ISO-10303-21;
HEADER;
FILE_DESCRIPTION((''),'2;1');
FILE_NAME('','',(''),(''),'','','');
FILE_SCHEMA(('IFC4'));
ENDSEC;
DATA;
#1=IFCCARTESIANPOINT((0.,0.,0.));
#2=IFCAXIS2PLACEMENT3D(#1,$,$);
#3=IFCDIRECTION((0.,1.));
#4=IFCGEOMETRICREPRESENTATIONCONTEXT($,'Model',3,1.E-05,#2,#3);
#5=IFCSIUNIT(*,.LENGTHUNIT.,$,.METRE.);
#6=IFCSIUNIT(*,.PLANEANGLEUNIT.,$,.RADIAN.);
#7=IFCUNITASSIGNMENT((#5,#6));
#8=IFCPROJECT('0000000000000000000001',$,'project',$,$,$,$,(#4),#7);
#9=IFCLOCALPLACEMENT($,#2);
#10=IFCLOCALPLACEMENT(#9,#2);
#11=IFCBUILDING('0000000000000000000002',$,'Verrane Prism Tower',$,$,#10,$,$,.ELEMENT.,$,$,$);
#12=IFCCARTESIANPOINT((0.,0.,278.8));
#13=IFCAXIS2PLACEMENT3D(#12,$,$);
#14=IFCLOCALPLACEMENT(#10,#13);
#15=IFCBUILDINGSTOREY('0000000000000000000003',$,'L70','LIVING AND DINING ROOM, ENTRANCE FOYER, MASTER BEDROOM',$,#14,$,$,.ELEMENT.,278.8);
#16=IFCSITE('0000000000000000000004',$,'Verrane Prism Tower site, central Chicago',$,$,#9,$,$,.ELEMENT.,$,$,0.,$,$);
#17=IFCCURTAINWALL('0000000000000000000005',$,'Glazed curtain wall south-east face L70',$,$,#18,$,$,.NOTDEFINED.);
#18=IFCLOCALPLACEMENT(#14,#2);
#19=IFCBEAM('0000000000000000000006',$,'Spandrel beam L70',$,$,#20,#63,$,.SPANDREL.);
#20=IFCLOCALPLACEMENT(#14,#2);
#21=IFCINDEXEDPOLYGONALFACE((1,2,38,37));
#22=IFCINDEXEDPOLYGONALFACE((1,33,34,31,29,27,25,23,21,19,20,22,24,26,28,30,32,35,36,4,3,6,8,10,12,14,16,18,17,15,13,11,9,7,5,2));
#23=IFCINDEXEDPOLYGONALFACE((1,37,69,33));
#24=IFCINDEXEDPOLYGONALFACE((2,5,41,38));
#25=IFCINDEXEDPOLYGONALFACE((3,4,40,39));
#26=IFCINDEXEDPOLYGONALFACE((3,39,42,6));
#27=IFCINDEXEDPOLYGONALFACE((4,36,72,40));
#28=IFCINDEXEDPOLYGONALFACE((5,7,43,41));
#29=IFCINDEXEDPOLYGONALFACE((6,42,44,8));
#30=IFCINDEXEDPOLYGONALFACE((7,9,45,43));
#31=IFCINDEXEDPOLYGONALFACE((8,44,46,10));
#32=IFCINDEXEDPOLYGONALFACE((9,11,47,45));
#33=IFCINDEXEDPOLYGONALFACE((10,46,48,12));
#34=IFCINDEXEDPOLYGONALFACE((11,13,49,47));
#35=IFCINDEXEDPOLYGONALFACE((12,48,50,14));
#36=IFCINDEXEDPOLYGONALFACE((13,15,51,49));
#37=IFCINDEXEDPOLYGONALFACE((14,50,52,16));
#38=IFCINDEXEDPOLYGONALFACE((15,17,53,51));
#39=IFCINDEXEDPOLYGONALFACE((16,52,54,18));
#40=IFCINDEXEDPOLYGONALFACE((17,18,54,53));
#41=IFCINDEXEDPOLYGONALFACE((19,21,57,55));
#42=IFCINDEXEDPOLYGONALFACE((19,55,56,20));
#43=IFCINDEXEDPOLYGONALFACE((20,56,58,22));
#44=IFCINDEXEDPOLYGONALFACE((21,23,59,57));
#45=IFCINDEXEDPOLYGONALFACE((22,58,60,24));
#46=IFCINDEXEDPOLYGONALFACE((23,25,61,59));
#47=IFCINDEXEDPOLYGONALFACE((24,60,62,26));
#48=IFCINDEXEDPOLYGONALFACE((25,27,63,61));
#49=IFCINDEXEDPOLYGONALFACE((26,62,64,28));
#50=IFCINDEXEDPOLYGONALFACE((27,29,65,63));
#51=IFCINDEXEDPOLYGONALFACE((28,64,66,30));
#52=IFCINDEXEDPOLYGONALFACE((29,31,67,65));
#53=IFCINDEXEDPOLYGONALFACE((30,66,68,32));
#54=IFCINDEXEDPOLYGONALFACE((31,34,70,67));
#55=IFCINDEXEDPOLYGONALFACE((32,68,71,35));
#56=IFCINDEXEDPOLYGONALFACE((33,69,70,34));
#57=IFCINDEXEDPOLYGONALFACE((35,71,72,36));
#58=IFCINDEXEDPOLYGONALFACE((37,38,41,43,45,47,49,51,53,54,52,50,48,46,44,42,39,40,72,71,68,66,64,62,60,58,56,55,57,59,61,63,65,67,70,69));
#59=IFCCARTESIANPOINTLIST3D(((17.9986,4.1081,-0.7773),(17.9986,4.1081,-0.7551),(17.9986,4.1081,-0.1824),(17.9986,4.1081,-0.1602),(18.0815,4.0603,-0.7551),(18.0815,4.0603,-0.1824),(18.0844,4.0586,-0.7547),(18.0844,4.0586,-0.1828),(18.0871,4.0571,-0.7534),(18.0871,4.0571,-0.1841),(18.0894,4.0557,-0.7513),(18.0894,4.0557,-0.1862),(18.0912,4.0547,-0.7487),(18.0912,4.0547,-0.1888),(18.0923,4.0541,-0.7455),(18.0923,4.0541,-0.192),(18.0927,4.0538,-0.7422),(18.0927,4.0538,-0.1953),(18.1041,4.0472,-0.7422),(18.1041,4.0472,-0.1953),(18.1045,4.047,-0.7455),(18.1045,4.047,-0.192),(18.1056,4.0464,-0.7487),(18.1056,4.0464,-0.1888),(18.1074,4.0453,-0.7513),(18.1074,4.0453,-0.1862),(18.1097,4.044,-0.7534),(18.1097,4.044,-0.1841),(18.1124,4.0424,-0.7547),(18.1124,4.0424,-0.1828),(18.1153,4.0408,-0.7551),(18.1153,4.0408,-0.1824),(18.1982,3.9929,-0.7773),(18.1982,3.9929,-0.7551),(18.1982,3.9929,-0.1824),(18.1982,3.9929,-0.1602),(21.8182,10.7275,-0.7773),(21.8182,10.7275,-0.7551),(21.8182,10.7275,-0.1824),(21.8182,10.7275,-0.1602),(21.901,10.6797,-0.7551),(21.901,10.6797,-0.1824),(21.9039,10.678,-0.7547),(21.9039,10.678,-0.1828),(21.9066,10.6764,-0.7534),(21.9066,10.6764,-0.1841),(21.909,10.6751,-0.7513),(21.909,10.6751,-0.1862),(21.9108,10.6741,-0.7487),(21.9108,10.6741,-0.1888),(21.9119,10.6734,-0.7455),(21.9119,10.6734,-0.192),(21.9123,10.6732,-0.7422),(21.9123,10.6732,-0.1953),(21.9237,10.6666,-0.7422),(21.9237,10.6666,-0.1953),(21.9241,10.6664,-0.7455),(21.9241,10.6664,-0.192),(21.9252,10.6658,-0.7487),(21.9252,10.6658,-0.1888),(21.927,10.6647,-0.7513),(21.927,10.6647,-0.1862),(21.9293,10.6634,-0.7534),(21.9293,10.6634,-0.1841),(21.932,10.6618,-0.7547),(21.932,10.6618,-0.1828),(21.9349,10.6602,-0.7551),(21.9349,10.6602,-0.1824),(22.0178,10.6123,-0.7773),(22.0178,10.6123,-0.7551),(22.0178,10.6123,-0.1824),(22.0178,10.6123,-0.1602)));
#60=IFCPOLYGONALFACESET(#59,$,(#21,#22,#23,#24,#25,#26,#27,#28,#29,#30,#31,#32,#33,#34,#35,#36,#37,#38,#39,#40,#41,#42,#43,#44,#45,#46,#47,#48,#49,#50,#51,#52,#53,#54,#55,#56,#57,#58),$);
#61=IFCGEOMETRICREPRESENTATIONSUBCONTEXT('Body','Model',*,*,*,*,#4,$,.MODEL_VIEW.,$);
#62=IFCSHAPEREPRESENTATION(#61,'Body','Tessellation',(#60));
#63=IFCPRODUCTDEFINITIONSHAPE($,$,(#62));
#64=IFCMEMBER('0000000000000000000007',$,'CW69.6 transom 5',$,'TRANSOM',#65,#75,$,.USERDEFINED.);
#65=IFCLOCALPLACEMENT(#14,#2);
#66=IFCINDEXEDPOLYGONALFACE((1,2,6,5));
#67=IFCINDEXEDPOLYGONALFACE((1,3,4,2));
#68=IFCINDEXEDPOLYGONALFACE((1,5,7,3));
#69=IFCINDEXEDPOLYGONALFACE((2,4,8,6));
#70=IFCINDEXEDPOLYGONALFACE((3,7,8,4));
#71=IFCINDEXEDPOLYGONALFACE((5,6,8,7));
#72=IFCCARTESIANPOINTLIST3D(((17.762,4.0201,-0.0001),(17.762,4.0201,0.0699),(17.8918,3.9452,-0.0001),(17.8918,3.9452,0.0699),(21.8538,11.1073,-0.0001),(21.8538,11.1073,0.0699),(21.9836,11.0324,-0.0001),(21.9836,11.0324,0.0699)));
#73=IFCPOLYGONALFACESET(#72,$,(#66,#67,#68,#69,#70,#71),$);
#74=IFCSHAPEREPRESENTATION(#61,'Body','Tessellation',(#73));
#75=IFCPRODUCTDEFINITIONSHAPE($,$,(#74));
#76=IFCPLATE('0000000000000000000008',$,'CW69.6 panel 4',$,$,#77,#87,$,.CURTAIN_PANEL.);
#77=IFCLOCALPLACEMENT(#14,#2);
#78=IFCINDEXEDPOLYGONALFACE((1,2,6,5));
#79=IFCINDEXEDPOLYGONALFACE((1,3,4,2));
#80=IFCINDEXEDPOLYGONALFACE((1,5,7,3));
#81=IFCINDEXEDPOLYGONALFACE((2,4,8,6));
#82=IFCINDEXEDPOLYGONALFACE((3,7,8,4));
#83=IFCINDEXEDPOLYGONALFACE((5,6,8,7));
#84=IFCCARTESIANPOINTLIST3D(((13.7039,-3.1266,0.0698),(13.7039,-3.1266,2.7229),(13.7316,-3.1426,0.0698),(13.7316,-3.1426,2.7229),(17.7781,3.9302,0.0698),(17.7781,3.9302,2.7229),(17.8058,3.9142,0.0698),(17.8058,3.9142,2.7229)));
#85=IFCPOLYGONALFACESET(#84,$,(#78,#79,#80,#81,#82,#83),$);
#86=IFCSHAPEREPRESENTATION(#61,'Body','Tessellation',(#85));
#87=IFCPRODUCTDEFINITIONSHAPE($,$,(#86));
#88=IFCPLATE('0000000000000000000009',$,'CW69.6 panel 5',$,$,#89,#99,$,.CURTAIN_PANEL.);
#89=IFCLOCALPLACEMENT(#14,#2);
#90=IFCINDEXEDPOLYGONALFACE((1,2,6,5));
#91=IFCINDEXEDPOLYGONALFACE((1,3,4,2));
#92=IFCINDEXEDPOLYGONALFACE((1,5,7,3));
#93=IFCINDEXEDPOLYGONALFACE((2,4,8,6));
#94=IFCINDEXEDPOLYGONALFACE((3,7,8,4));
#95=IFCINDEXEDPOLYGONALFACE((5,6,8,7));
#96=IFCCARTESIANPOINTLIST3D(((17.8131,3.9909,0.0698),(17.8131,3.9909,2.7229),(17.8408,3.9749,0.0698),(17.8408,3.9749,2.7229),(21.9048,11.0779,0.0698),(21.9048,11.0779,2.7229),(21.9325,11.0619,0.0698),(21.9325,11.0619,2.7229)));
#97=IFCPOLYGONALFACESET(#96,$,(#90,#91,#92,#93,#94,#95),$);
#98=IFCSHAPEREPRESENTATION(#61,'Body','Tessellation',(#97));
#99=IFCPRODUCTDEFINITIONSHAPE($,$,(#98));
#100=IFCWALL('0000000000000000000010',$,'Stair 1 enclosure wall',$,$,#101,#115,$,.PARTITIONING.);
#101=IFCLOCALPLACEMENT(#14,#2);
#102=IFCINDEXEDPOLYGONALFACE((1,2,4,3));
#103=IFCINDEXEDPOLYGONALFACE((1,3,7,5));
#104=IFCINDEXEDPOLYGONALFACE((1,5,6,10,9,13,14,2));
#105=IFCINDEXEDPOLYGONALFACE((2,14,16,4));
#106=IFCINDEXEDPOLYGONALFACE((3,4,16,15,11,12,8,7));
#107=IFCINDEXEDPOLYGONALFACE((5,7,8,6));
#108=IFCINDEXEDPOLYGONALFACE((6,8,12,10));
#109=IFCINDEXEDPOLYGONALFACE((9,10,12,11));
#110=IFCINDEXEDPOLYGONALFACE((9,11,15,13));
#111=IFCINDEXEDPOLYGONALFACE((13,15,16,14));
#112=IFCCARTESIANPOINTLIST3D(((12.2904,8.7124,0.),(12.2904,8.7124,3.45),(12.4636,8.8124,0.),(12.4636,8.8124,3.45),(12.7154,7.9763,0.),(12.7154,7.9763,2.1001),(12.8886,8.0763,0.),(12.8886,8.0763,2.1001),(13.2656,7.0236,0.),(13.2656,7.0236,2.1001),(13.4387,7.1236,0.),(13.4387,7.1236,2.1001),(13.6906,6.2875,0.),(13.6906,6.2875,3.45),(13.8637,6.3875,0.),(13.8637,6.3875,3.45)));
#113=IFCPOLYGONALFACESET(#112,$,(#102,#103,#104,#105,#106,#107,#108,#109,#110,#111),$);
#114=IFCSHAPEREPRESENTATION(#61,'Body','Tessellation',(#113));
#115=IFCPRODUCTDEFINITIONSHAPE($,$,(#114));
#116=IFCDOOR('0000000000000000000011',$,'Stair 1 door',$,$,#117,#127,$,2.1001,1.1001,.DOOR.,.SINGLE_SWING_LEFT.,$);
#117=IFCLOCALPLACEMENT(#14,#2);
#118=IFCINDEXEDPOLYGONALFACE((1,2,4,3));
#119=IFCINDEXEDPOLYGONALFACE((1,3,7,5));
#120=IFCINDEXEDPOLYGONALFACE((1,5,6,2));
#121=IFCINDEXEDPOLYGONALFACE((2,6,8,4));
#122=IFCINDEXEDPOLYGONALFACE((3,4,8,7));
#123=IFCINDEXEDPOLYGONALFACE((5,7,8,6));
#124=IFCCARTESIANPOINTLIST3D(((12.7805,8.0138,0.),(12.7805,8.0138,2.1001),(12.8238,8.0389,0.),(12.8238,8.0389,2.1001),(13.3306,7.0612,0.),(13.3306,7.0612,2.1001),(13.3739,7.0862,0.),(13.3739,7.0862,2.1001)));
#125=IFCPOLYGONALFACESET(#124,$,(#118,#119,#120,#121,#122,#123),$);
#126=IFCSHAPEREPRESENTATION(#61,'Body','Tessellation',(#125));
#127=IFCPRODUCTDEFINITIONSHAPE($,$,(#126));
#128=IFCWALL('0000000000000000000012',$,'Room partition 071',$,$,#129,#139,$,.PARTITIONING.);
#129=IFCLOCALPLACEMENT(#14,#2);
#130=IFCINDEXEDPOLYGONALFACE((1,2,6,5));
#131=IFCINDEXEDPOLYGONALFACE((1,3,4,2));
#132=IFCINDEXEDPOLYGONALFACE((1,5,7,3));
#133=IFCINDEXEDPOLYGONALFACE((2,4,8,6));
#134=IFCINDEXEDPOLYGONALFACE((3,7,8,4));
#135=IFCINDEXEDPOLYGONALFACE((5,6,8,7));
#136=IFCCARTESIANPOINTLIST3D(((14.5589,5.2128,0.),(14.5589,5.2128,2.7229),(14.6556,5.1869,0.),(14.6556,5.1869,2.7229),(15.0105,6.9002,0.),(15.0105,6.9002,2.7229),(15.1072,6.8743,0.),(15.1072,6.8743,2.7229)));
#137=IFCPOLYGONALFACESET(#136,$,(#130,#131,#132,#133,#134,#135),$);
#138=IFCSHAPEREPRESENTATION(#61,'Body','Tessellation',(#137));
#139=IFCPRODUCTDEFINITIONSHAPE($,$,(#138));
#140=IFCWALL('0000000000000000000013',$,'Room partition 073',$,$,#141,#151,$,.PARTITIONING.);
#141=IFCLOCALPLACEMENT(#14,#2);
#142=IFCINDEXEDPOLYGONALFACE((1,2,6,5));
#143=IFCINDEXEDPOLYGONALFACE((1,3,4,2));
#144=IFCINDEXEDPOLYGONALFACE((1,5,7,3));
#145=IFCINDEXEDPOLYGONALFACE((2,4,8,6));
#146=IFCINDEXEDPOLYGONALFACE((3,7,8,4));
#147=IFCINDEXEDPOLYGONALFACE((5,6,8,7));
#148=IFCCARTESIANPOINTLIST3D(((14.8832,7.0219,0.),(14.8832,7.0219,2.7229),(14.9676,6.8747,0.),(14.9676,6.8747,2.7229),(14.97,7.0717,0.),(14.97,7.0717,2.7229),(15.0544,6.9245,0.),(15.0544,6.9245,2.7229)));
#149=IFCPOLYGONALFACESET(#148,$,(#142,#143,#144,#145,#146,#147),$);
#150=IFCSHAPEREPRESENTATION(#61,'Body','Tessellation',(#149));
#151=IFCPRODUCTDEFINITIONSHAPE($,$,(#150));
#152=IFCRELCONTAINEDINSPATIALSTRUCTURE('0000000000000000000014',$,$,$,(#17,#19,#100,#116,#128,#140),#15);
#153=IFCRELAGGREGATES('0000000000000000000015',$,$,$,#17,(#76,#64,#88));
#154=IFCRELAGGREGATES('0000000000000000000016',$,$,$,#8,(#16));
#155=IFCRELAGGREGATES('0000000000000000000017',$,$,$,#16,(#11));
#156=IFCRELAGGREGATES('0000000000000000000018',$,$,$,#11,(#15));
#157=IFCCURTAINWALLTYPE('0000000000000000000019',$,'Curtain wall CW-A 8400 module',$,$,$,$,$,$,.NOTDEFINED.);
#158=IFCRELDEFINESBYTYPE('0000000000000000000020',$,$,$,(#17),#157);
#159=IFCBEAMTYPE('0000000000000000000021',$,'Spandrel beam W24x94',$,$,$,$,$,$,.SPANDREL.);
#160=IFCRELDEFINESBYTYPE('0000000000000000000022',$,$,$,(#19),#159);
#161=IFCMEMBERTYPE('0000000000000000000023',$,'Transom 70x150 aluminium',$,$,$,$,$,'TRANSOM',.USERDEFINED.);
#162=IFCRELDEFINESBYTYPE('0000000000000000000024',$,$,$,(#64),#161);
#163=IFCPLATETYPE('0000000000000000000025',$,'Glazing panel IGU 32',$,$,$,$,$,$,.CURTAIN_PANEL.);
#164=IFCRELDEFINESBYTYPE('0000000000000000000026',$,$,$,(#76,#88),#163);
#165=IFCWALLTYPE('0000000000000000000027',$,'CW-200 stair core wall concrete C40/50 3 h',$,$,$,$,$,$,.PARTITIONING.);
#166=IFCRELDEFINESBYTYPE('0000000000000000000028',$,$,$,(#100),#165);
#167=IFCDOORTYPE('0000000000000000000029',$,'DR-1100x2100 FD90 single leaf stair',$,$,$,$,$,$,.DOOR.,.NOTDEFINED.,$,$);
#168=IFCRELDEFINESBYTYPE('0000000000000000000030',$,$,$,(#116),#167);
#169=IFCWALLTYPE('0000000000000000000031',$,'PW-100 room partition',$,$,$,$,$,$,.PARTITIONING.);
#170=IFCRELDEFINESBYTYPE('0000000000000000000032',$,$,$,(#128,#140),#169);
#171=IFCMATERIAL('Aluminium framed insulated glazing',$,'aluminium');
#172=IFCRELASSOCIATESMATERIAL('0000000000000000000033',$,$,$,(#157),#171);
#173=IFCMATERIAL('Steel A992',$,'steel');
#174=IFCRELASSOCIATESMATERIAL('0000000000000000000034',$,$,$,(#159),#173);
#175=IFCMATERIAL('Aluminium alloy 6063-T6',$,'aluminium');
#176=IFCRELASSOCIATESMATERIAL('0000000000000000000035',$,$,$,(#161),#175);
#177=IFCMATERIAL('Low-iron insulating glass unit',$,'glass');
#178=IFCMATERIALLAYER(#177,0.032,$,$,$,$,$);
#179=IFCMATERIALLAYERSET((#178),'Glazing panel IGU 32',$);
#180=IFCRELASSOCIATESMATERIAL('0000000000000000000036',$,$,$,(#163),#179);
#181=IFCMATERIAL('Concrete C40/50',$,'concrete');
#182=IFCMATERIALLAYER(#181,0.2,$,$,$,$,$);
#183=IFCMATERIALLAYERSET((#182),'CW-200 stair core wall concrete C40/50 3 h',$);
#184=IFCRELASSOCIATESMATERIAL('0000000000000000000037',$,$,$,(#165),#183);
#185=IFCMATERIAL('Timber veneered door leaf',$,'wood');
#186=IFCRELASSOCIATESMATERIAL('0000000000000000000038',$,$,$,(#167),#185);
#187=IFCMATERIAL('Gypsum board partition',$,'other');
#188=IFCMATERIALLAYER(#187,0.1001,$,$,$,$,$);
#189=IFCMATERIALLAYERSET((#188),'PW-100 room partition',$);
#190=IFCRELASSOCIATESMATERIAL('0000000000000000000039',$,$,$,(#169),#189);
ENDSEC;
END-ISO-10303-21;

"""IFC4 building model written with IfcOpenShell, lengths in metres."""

from ifc_helpers import new_model, si_unit, direction, frame, frame_2d, origin, origin_2d, place, context, subcontext, project, spatial, rectangle, i_section, extrude, material, layer, layer_set, material_profile, profile_set, type_object, element, fill, aggregate, save


model = new_model("IFC4")

# Units and contexts
model_context = context("Model", 3, precision=1e-05, world=origin(), true_north=direction((0.0, 1.0)))
body_context = subcontext(model_context, "Body", "Model", "MODEL_VIEW")
ifc_project = project(units=[si_unit("LENGTHUNIT", "METRE"), si_unit("PLANEANGLEUNIT", "RADIAN")], contexts=[model_context])

# Site, building, storey
site_placement = place(None, origin())
site = spatial("IfcSite", under=ifc_project, at=site_placement, Name="Verrane Prism Tower site, central Chicago", CompositionType="ELEMENT", RefElevation=0.0)
building_placement = place(site_placement, origin())
building = spatial("IfcBuilding", under=site, at=building_placement, Name="Verrane Prism Tower", CompositionType="ELEMENT")
storey_placement = place(building_placement, frame((0.0, 0.0, 278.8)))
storey = spatial("IfcBuildingStorey", under=building, at=storey_placement, Name="L70", Description="LIVING AND DINING ROOM, ENTRANCE FOYER, MASTER BEDROOM", CompositionType="ELEMENT", Elevation=278.8)

# Curtain wall
ifc_material_1 = material(Name="Aluminium framed insulated glazing", Category="aluminium")
curtain_wall_type = type_object("IfcCurtainWallType", Name="Curtain wall CW-A 8400 module", PredefinedType="NOTDEFINED", material=ifc_material_1)
curtain_wall_placement = place(storey_placement, origin())
curtain_wall = element("IfcCurtainWall", 1, at=curtain_wall_placement, inside=storey, type_object=curtain_wall_type, Name="Glazed curtain wall south-east face L70", PredefinedType="NOTDEFINED")

# Beam
ifc_material_2 = material(Name="Steel A992", Category="steel")
ifc_material_profile_1 = material_profile(ifc_material_2, i_section(OverallWidth=0.2305, OverallDepth=0.6172, WebThickness=0.0132, FlangeThickness=0.0222, FilletRadius=0.0129, at=origin_2d()), Name="W24x94")
ifc_profile_set_1 = profile_set([ifc_material_profile_1], Name="Steel A992")
beam_type_1 = type_object("IfcBeamType", Name="Spandrel beam W24x94", PredefinedType="SPANDREL", material=ifc_profile_set_1)
beam_1_placement = place(storey_placement, frame((18.0984, 4.0505, -0.4688), z_axis=(0.499792, 0.866146, 0.0), x_axis=(-0.866146, 0.499792, 0.0)))
element("IfcBeam", 2, at=beam_1_placement, inside=storey, type_object=beam_type_1, Name="Spandrel beam L70", PredefinedType="SPANDREL", context=body_context, shape_type="SweptSolid", body=[
    extrude(i_section(OverallWidth=0.2305, OverallDepth=0.6172, WebThickness=0.0132, FlangeThickness=0.0222, FilletRadius=0.0129, at=origin_2d()), origin(), (0.0, 0.0, 1.0), 7.6423),
])

# Member
ifc_material_3 = material(Name="Aluminium alloy 6063-T6", Category="aluminium")
ifc_material_profile_2 = material_profile(ifc_material_3, rectangle(XDim=0.1499, YDim=0.0701, at=origin_2d()), Name="Transom 70x150 aluminium")
ifc_profile_set_2 = profile_set([ifc_material_profile_2], Name="Aluminium alloy 6063-T6")
member_type_1 = type_object("IfcMemberType", Name="Transom 70x150 aluminium", ElementType="TRANSOM", PredefinedType="USERDEFINED", material=ifc_profile_set_2)
member_1_placement = place(storey_placement, frame((17.8269, 3.9827, 0.0349), z_axis=(0.500002, 0.866024, 0.0), x_axis=(-0.866024, 0.500002, 0.0)))
member_1 = element("IfcMember", 3, at=member_1_placement, type_object=member_type_1, Name="CW69.6 transom 5", ObjectType="TRANSOM", PredefinedType="USERDEFINED", context=body_context, shape_type="SweptSolid", body=[
    extrude(rectangle(XDim=0.1499, YDim=0.0701, at=origin_2d()), origin(), (0.0, 0.0, 1.0), 8.1836),
])

# Plates
ifc_material_4 = material(Name="Low-iron insulating glass unit", Category="glass")
ifc_layer_1 = layer(ifc_material_4, 0.032)
ifc_layer_set_1 = layer_set([ifc_layer_1], Name="Glazing panel IGU 32")
plate_type = type_object("IfcPlateType", Name="Glazing panel IGU 32", PredefinedType="CURTAIN_PANEL", material=ifc_layer_set_1)
plate_1_placement = place(storey_placement, frame((15.7549, 0.3938, 0.0698), z_axis=(0.0, 0.0, 1.0), x_axis=(0.500001, 0.866025, 0.0)))
plate_1 = element("IfcPlate", 4, at=plate_1_placement, type_object=plate_type, Name="CW69.6 panel 4", PredefinedType="CURTAIN_PANEL", context=body_context, shape_type="SweptSolid", body=[
    extrude(rectangle(XDim=8.1484, YDim=0.032, at=origin_2d()), origin(), (0.0, 0.0, 1.0), 2.6531),
])
plate_2_placement = place(storey_placement, frame((19.8728, 7.5264, 0.0698), z_axis=(0.0, 0.0, 1.0), x_axis=(0.500001, 0.866025, 0.0)))
plate_2 = element("IfcPlate", 5, at=plate_2_placement, type_object=plate_type, Name="CW69.6 panel 5", PredefinedType="CURTAIN_PANEL", context=body_context, shape_type="SweptSolid", body=[
    extrude(rectangle(XDim=8.1833, YDim=0.032, at=origin_2d()), origin(), (0.0, 0.0, 1.0), 2.6531),
])
aggregate(curtain_wall, [plate_1, member_1, plate_2])

# Wall, opening, door
ifc_material_5 = material(Name="Concrete C40/50", Category="concrete")
ifc_layer_2 = layer(ifc_material_5, 0.2)
ifc_layer_set_2 = layer_set([ifc_layer_2], Name="CW-200 stair core wall concrete C40/50 3 h")
wall_type_1 = type_object("IfcWallType", Name="CW-200 stair core wall concrete C40/50 3 h", PredefinedType="PARTITIONING", material=ifc_layer_set_2)
wall_1_placement = place(storey_placement, frame((13.7771, 6.3376, 0.0), z_axis=(0.0, 0.0, 1.0), x_axis=(-0.50005, 0.865997, 0.0)))
wall_1 = element("IfcWall", 6, at=wall_1_placement, inside=storey, type_object=wall_type_1, Name="Stair 1 enclosure wall", PredefinedType="PARTITIONING", context=body_context, shape_type="SweptSolid", body=[
    extrude(rectangle(XDim=2.8, YDim=0.2, at=frame_2d((1.3999, 0.0))), origin(), (0.0, 0.0, 1.0), 3.45),
])
opening_1_placement = place(wall_1_placement, frame((0.8499, 0.0, 0.0)))
opening_1 = element("IfcOpeningElement", 7, at=opening_1_placement, cuts=wall_1, PredefinedType="OPENING", context=body_context, shape_type="SweptSolid", body=[
    extrude(rectangle(XDim=1.1001, YDim=2.1001, at=frame_2d((0.55, 1.05))), frame((0.0, 0.1099, 0.0), z_axis=(0.0, -1.0, 0.0), x_axis=(1.0, 0.0, 0.0)), (0.0, 0.0, 1.0), 0.22),
])
ifc_material_6 = material(Name="Timber veneered door leaf", Category="wood")
door_type_1 = type_object("IfcDoorType", Name="DR-1100x2100 FD90 single leaf stair", OperationType="NOTDEFINED", PredefinedType="DOOR", material=ifc_material_6)
door_1_placement = place(opening_1_placement, origin())
door_1 = element("IfcDoor", 8, at=door_1_placement, inside=storey, type_object=door_type_1, Name="Stair 1 door", OperationType="SINGLE_SWING_LEFT", OverallHeight=2.1001, OverallWidth=1.1001, PredefinedType="DOOR", context=body_context, shape_type="SweptSolid", body=[
    extrude(rectangle(XDim=1.1001, YDim=2.1001, at=frame_2d((0.55, 1.05))), frame((0.0, 0.0249, 0.0), z_axis=(0.0, -1.0, 0.0), x_axis=(1.0, 0.0, 0.0)), (0.0, 0.0, 1.0), 0.05),
])
fill(opening_1, door_1)

# Walls
ifc_material_7 = material(Name="Gypsum board partition", Category="other")
ifc_layer_3 = layer(ifc_material_7, 0.1001)
ifc_layer_set_3 = layer_set([ifc_layer_3], Name="PW-100 room partition")
wall_type_2 = type_object("IfcWallType", Name="PW-100 room partition", PredefinedType="PARTITIONING", material=ifc_layer_set_3)
wall_2_placement = place(storey_placement, frame((14.6072, 5.1997, 0.0), z_axis=(0.0, 0.0, 1.0), x_axis=(0.25855, 0.965998, 0.0)))
element("IfcWall", 9, at=wall_2_placement, inside=storey, type_object=wall_type_2, Name="Room partition 071", PredefinedType="PARTITIONING", context=body_context, shape_type="SweptSolid", body=[
    extrude(rectangle(XDim=1.7468, YDim=0.1001, at=frame_2d((0.8735, 0.0))), origin(), (0.0, 0.0, 1.0), 2.7229),
])
wall_3_placement = place(storey_placement, frame((14.9265, 7.0469, 0.0), z_axis=(0.0, 0.0, 1.0), x_axis=(0.497687, -0.867357, 0.0)))
element("IfcWall", 10, at=wall_3_placement, inside=storey, type_object=wall_type_2, Name="Room partition 073", PredefinedType="PARTITIONING", context=body_context, shape_type="SweptSolid", body=[
    extrude(rectangle(XDim=0.1697, YDim=0.1001, at=frame_2d((0.085, 0.0))), origin(), (0.0, 0.0, 1.0), 2.7229),
])

save(model, "model.ifc")
